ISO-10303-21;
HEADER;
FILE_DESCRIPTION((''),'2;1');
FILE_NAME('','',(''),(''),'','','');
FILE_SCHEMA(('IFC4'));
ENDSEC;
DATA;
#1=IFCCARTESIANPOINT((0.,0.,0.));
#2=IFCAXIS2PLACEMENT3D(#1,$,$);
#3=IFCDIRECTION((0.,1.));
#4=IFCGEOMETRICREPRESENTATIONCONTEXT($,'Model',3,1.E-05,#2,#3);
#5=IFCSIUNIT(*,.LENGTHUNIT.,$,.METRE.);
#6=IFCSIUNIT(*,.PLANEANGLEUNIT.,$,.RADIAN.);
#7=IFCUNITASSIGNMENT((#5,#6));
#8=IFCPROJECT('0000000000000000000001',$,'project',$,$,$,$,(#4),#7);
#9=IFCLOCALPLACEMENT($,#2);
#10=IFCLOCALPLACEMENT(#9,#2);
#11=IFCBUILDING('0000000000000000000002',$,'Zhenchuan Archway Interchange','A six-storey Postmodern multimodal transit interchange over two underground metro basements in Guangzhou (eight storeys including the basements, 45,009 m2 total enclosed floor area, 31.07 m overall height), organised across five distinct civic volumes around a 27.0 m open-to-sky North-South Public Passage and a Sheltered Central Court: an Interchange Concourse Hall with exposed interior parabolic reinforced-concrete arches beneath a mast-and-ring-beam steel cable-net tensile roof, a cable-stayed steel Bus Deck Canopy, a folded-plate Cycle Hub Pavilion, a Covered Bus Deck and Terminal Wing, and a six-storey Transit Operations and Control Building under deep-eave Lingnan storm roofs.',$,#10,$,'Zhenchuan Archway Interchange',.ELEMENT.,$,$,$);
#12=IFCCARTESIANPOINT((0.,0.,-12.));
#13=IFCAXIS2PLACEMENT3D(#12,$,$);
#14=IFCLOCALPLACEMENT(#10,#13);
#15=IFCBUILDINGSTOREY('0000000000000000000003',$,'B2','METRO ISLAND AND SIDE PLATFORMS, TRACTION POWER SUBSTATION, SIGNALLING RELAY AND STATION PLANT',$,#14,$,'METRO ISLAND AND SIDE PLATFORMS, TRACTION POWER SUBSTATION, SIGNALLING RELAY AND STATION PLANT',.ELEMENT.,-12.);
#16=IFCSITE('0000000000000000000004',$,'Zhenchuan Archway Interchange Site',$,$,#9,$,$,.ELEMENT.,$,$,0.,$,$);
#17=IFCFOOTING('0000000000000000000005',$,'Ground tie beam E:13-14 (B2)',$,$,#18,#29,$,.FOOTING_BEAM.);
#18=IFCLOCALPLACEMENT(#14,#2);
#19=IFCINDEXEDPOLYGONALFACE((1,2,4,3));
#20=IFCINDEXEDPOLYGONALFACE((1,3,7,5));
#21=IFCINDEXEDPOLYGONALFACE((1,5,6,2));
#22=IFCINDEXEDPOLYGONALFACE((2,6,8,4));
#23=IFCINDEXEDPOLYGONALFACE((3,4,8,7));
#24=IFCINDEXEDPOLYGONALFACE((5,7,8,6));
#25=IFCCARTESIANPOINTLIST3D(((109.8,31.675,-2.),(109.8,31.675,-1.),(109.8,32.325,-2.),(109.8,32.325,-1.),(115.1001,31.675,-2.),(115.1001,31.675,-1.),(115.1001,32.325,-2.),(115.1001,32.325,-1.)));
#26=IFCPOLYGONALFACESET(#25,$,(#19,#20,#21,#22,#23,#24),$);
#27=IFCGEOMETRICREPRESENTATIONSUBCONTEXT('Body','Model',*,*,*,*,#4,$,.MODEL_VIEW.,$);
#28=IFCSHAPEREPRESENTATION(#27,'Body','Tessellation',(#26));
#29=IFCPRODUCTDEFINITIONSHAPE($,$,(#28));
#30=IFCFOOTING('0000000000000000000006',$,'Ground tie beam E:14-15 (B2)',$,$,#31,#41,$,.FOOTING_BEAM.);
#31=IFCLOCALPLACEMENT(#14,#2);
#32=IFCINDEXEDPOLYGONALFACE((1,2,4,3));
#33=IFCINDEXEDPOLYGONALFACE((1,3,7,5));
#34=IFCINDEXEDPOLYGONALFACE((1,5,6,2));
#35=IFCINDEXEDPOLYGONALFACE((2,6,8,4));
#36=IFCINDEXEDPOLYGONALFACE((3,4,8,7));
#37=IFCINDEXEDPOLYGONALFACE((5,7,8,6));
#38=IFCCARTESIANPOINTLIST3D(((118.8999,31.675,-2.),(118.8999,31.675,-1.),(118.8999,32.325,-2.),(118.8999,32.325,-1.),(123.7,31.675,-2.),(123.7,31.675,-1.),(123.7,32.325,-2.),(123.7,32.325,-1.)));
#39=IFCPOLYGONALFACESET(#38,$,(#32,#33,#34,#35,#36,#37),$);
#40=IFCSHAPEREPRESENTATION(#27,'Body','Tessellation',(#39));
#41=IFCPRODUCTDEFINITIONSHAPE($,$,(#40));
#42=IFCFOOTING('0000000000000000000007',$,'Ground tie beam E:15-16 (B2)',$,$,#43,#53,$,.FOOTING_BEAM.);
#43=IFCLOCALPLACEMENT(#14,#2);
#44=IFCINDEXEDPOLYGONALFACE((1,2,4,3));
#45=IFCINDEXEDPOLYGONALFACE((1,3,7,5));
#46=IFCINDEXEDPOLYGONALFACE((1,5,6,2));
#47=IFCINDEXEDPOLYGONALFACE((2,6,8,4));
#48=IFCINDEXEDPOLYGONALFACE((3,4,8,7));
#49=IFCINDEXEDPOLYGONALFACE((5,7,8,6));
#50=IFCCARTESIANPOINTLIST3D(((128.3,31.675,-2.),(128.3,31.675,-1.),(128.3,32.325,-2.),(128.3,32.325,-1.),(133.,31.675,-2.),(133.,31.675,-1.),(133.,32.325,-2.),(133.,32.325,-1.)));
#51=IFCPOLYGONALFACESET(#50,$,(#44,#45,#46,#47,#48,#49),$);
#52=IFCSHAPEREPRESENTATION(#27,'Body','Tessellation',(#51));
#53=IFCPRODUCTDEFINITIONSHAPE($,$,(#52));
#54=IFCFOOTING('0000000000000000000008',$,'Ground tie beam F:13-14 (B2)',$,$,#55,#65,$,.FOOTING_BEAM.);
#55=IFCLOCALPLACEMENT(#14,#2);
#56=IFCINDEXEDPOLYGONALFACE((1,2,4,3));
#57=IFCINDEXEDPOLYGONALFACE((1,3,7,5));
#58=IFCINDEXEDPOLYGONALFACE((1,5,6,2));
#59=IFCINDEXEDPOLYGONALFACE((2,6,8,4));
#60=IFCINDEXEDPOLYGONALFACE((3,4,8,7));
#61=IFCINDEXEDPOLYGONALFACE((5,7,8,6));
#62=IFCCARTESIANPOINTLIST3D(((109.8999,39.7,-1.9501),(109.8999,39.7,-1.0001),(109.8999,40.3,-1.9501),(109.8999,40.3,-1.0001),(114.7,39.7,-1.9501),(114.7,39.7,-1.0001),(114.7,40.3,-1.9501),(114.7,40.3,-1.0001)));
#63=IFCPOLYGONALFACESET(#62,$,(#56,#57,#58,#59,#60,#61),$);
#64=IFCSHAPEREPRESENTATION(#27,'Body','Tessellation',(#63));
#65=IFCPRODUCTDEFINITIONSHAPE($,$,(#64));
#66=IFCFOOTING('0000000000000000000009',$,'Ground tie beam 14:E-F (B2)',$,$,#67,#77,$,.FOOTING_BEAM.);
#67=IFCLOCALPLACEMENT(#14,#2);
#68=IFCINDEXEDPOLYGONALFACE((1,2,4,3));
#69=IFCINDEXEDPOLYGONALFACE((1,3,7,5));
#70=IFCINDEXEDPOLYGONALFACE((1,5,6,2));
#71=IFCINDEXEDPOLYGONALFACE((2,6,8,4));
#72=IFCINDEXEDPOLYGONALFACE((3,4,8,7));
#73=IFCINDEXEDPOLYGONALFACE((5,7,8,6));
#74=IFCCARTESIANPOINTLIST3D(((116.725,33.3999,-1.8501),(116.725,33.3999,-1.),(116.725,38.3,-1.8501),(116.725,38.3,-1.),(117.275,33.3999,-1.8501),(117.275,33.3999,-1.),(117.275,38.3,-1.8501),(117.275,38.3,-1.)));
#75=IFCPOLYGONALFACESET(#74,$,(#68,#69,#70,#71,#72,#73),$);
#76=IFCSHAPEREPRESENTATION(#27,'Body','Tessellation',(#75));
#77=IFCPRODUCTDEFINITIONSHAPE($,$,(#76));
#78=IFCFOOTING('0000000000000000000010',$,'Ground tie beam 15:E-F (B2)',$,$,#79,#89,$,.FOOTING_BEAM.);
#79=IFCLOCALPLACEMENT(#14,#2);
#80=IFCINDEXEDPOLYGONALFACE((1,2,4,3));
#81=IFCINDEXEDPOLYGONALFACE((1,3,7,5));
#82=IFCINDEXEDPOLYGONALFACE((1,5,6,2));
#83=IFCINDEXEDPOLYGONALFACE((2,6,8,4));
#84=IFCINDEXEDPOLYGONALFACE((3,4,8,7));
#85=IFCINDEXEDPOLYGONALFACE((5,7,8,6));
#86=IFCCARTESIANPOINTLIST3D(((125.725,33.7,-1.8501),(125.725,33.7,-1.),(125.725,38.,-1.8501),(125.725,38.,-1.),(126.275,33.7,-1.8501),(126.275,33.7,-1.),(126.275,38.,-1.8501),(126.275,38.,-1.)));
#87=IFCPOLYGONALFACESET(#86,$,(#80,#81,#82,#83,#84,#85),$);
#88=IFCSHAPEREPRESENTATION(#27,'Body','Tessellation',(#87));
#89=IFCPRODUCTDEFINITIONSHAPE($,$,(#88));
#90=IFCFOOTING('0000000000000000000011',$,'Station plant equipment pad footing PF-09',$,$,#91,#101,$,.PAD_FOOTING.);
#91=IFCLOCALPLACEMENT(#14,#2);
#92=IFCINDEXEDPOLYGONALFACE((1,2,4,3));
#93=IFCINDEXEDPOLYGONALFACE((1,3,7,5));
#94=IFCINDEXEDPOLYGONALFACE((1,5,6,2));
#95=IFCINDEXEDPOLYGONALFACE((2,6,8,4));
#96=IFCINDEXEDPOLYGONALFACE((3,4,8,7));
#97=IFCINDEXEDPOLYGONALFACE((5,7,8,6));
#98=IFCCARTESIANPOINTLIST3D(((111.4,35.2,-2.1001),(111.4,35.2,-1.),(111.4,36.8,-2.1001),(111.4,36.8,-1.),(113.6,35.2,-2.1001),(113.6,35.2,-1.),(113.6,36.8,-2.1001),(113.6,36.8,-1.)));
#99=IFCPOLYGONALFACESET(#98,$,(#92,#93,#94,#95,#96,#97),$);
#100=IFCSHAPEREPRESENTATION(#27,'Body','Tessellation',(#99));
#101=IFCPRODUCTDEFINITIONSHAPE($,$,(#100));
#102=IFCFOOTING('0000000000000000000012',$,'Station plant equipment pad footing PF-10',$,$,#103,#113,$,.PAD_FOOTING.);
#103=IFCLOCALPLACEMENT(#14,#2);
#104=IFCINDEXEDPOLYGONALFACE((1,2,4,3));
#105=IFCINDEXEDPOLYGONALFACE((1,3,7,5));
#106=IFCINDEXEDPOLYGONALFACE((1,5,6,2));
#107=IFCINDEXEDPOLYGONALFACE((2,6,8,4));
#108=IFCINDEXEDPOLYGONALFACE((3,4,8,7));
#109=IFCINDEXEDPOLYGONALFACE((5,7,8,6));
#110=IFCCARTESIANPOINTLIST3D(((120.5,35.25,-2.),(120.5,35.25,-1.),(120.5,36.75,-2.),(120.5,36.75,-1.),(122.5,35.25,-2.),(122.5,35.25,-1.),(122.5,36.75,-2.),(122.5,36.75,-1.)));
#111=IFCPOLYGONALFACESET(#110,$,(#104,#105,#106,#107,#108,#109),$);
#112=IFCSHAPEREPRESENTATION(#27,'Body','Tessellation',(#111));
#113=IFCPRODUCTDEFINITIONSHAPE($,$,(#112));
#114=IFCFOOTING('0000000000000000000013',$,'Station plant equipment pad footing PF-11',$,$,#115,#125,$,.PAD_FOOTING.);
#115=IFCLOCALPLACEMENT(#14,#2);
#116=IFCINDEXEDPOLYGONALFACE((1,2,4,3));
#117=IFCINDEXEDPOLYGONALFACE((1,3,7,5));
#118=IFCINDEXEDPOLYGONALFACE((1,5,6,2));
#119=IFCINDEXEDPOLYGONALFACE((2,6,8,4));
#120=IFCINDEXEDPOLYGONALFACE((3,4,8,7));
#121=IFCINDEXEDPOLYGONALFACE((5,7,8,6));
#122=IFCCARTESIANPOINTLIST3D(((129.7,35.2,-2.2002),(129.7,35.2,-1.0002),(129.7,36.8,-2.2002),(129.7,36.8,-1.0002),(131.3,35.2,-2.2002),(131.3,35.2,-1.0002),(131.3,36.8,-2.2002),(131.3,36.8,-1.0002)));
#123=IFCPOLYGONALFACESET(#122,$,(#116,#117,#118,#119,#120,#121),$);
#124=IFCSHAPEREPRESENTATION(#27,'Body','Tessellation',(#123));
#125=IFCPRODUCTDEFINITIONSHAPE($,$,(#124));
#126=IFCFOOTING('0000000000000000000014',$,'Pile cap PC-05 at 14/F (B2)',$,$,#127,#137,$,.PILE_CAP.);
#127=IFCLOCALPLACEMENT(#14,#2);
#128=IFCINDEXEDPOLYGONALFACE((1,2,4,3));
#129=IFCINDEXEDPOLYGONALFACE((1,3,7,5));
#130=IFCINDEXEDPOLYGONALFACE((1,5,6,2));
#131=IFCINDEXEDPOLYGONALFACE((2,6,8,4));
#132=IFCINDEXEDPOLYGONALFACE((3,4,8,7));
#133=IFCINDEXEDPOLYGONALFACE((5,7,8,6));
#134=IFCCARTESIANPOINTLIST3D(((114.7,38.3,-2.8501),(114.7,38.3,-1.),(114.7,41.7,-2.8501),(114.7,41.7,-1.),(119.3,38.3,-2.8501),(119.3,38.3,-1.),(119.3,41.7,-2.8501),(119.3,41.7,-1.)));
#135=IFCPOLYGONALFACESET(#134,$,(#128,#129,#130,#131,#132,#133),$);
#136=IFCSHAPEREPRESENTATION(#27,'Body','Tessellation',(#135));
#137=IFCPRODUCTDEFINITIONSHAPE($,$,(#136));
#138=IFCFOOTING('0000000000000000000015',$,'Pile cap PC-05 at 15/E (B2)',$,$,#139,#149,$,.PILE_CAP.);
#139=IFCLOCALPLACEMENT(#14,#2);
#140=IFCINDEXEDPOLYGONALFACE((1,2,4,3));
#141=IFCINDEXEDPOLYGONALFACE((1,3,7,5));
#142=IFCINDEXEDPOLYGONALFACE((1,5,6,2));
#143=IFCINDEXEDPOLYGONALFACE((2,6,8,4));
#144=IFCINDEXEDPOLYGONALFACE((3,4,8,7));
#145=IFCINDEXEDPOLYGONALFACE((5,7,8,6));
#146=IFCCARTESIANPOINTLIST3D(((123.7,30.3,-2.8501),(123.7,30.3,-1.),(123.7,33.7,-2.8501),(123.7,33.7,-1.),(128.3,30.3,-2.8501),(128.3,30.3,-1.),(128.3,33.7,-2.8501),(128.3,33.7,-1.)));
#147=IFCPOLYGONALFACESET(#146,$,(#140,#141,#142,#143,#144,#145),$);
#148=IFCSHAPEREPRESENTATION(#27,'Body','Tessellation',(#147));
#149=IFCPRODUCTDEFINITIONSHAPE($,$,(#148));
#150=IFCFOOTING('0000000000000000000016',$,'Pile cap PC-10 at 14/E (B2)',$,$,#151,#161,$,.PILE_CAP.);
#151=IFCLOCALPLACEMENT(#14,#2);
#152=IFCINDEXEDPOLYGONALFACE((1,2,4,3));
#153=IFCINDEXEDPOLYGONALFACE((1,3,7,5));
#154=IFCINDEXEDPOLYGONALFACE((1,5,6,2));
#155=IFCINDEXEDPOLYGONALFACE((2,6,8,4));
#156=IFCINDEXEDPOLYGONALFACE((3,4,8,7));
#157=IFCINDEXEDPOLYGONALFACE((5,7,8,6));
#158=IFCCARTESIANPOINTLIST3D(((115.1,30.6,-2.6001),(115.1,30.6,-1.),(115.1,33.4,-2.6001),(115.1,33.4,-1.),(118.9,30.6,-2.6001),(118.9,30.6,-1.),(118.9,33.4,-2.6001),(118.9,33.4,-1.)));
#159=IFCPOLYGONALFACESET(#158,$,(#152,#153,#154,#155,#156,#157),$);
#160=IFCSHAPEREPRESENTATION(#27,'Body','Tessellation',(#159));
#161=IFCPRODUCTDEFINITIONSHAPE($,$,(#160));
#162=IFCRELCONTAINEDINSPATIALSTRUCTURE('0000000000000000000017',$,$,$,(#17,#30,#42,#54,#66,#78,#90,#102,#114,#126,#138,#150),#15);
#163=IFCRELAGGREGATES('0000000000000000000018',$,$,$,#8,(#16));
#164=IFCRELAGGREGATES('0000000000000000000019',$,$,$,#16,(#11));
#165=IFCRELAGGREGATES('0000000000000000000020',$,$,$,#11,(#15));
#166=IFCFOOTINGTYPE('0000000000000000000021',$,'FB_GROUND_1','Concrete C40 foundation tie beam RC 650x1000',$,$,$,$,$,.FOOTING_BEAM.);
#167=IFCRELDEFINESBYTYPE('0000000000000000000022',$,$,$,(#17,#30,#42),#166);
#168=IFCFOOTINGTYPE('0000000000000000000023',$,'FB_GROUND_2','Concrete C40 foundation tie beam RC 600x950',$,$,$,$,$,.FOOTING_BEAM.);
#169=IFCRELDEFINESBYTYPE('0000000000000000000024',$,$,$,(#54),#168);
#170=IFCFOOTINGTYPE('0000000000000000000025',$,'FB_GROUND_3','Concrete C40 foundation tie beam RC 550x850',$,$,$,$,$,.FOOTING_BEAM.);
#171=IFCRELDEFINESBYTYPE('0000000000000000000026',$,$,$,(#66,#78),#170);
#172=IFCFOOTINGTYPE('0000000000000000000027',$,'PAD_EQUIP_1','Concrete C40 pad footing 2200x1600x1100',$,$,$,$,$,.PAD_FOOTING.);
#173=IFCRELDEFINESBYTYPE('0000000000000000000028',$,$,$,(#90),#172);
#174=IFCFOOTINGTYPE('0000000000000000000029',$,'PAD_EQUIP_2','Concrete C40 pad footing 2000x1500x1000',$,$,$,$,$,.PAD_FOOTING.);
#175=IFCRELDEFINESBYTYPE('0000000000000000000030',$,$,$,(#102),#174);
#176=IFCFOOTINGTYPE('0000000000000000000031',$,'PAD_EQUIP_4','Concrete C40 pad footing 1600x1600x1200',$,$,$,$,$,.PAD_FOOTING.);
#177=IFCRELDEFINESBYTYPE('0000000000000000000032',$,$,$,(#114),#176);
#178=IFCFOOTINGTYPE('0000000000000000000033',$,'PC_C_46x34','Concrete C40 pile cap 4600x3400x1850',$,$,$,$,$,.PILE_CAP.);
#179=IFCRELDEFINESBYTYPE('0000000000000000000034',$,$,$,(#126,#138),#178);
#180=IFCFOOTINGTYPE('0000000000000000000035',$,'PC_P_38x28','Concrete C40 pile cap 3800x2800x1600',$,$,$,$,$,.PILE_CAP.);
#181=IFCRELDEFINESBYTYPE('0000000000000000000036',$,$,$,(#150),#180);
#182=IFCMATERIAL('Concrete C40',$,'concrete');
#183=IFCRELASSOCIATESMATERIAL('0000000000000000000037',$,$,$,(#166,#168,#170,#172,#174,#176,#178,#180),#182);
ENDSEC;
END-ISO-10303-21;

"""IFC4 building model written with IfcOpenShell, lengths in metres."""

from ifc_helpers import new_model, si_unit, direction, frame, origin, origin_2d, place, context, subcontext, project, spatial, rectangle, extrude, material, material_profile, profile_set, type_object, element, save


model = new_model("IFC4")

# Units and contexts
model_context = context("Model", 3, precision=1e-05, world=origin(), true_north=direction((0.0, 1.0)))
body_context = subcontext(model_context, "Body", "Model", "MODEL_VIEW")
ifc_project = project(units=[si_unit("LENGTHUNIT", "METRE"), si_unit("PLANEANGLEUNIT", "RADIAN")], contexts=[model_context])

# Site, building, storey
site_placement = place(None, origin())
site = spatial("IfcSite", under=ifc_project, at=site_placement, Name="Zhenchuan Archway Interchange Site", CompositionType="ELEMENT", RefElevation=0.0)
building_placement = place(site_placement, origin())
building = spatial("IfcBuilding", under=site, at=building_placement, Name="Zhenchuan Archway Interchange", Description="A six-storey Postmodern multimodal transit interchange over two underground metro basements in Guangzhou (eight storeys including the basements, 45,009 m2 total enclosed floor area, 31.07 m overall height), organised across five distinct civic volumes around a 27.0 m open-to-sky North-South Public Passage and a Sheltered Central Court: an Interchange Concourse Hall with exposed interior parabolic reinforced-concrete arches beneath a mast-and-ring-beam steel cable-net tensile roof, a cable-stayed steel Bus Deck Canopy, a folded-plate Cycle Hub Pavilion, a Covered Bus Deck and Terminal Wing, and a six-storey Transit Operations and Control Building under deep-eave Lingnan storm roofs.", LongName="Zhenchuan Archway Interchange", CompositionType="ELEMENT")
storey_placement = place(building_placement, frame((0.0, 0.0, -12.0)))
storey = spatial("IfcBuildingStorey", under=building, at=storey_placement, Name="B2", Description="METRO ISLAND AND SIDE PLATFORMS, TRACTION POWER SUBSTATION, SIGNALLING RELAY AND STATION PLANT", LongName="METRO ISLAND AND SIDE PLATFORMS, TRACTION POWER SUBSTATION, SIGNALLING RELAY AND STATION PLANT", CompositionType="ELEMENT", Elevation=-12.0)

# Footings
ifc_material_1 = material(Name="Concrete C40", Category="concrete")
ifc_material_profile_1 = material_profile(ifc_material_1, rectangle(XDim=0.6499, YDim=1.0, at=origin_2d()), Name="RC 650x1000")
ifc_profile_set_1 = profile_set([ifc_material_profile_1], Name="Concrete C40")
footing_type_1 = type_object("IfcFootingType", Name="FB_GROUND_1", Description="Concrete C40 foundation tie beam RC 650x1000", PredefinedType="FOOTING_BEAM", material=ifc_profile_set_1)
footing_1_placement = place(storey_placement, frame((109.8, 32.0, -1.5), z_axis=(1.0, 0.0, 0.0), x_axis=(0.0, 1.0, 0.0)))
element("IfcFooting", 1, at=footing_1_placement, inside=storey, type_object=footing_type_1, Name="Ground tie beam E:13-14 (B2)", PredefinedType="FOOTING_BEAM", context=body_context, shape_type="SweptSolid", body=[
    extrude(rectangle(XDim=0.6499, YDim=1.0, at=origin_2d()), origin(), (0.0, 0.0, 1.0), 5.3),
])
footing_2_placement = place(storey_placement, frame((118.8999, 32.0, -1.5), z_axis=(1.0, 0.0, 0.0), x_axis=(0.0, 1.0, 0.0)))
element("IfcFooting", 2, at=footing_2_placement, inside=storey, type_object=footing_type_1, Name="Ground tie beam E:14-15 (B2)", PredefinedType="FOOTING_BEAM", context=body_context, shape_type="SweptSolid", body=[
    extrude(rectangle(XDim=0.6499, YDim=1.0, at=origin_2d()), origin(), (0.0, 0.0, 1.0), 4.8),
])
footing_3_placement = place(storey_placement, frame((128.3, 32.0, -1.5), z_axis=(1.0, 0.0, 0.0), x_axis=(0.0, 1.0, 0.0)))
element("IfcFooting", 3, at=footing_3_placement, inside=storey, type_object=footing_type_1, Name="Ground tie beam E:15-16 (B2)", PredefinedType="FOOTING_BEAM", context=body_context, shape_type="SweptSolid", body=[
    extrude(rectangle(XDim=0.6499, YDim=1.0, at=origin_2d()), origin(), (0.0, 0.0, 1.0), 4.7),
])
ifc_material_profile_2 = material_profile(ifc_material_1, rectangle(XDim=0.6001, YDim=0.95, at=origin_2d()), Name="RC 600x950")
ifc_profile_set_2 = profile_set([ifc_material_profile_2], Name="Concrete C40")
footing_type_2 = type_object("IfcFootingType", Name="FB_GROUND_2", Description="Concrete C40 foundation tie beam RC 600x950", PredefinedType="FOOTING_BEAM", material=ifc_profile_set_2)
footing_4_placement = place(storey_placement, frame((109.8999, 40.0, -1.4751), z_axis=(1.0, 0.0, 0.0), x_axis=(0.0, 1.0, 0.0)))
element("IfcFooting", 4, at=footing_4_placement, inside=storey, type_object=footing_type_2, Name="Ground tie beam F:13-14 (B2)", PredefinedType="FOOTING_BEAM", context=body_context, shape_type="SweptSolid", body=[
    extrude(rectangle(XDim=0.6001, YDim=0.95, at=origin_2d()), origin(), (0.0, 0.0, 1.0), 4.8),
])
ifc_material_profile_3 = material_profile(ifc_material_1, rectangle(XDim=0.55, YDim=0.8501, at=origin_2d()), Name="RC 550x850")
ifc_profile_set_3 = profile_set([ifc_material_profile_3], Name="Concrete C40")
footing_type_3 = type_object("IfcFootingType", Name="FB_GROUND_3", Description="Concrete C40 foundation tie beam RC 550x850", PredefinedType="FOOTING_BEAM", material=ifc_profile_set_3)
footing_5_placement = place(storey_placement, frame((117.0, 33.3999, -1.425), z_axis=(0.0, 1.0, 0.0), x_axis=(-1.0, 0.0, 0.0)))
element("IfcFooting", 5, at=footing_5_placement, inside=storey, type_object=footing_type_3, Name="Ground tie beam 14:E-F (B2)", PredefinedType="FOOTING_BEAM", context=body_context, shape_type="SweptSolid", body=[
    extrude(rectangle(XDim=0.55, YDim=0.8501, at=origin_2d()), origin(), (0.0, 0.0, 1.0), 4.9001),
])
footing_6_placement = place(storey_placement, frame((126.0, 33.7, -1.425), z_axis=(0.0, 1.0, 0.0), x_axis=(-1.0, 0.0, 0.0)))
element("IfcFooting", 6, at=footing_6_placement, inside=storey, type_object=footing_type_3, Name="Ground tie beam 15:E-F (B2)", PredefinedType="FOOTING_BEAM", context=body_context, shape_type="SweptSolid", body=[
    extrude(rectangle(XDim=0.55, YDim=0.8501, at=origin_2d()), origin(), (0.0, 0.0, 1.0), 4.3),
])
footing_type_4 = type_object("IfcFootingType", Name="PAD_EQUIP_1", Description="Concrete C40 pad footing 2200x1600x1100", PredefinedType="PAD_FOOTING", material=ifc_material_1)
footing_7_placement = place(storey_placement, frame((112.5, 36.0, -2.1001), z_axis=(0.0, 0.0, 1.0), x_axis=(1.0, 0.0, 0.0)))
element("IfcFooting", 7, at=footing_7_placement, inside=storey, type_object=footing_type_4, Name="Station plant equipment pad footing PF-09", PredefinedType="PAD_FOOTING", context=body_context, shape_type="SweptSolid", body=[
    extrude(rectangle(XDim=2.2, YDim=1.6001, at=origin_2d()), origin(), (0.0, 0.0, 1.0), 1.1001),
])
footing_type_5 = type_object("IfcFootingType", Name="PAD_EQUIP_2", Description="Concrete C40 pad footing 2000x1500x1000", PredefinedType="PAD_FOOTING", material=ifc_material_1)
footing_8_placement = place(storey_placement, frame((121.5, 36.0, -2.0), z_axis=(0.0, 0.0, 1.0), x_axis=(1.0, 0.0, 0.0)))
element("IfcFooting", 8, at=footing_8_placement, inside=storey, type_object=footing_type_5, Name="Station plant equipment pad footing PF-10", PredefinedType="PAD_FOOTING", context=body_context, shape_type="SweptSolid", body=[
    extrude(rectangle(XDim=2.0, YDim=1.5, at=origin_2d()), origin(), (0.0, 0.0, 1.0), 1.0),
])
footing_type_6 = type_object("IfcFootingType", Name="PAD_EQUIP_4", Description="Concrete C40 pad footing 1600x1600x1200", PredefinedType="PAD_FOOTING", material=ifc_material_1)
footing_9_placement = place(storey_placement, frame((130.5, 36.0, -2.2002), z_axis=(0.0, 0.0, 1.0), x_axis=(1.0, 0.0, 0.0)))
element("IfcFooting", 9, at=footing_9_placement, inside=storey, type_object=footing_type_6, Name="Station plant equipment pad footing PF-11", PredefinedType="PAD_FOOTING", context=body_context, shape_type="SweptSolid", body=[
    extrude(rectangle(XDim=1.6001, YDim=1.6001, at=origin_2d()), origin(), (0.0, 0.0, 1.0), 1.2),
])
footing_type_7 = type_object("IfcFootingType", Name="PC_C_46x34", Description="Concrete C40 pile cap 4600x3400x1850", PredefinedType="PILE_CAP", material=ifc_material_1)
for number, where, z_axis, x_axis, name in (
    (10, (117.0, 40.0, -2.8501), (0.0, 0.0, 1.0), (1.0, 0.0, 0.0), "Pile cap PC-05 at 14/F (B2)"),
    (11, (126.0, 32.0, -2.8501), (0.0, 0.0, 1.0), (1.0, 0.0, 0.0), "Pile cap PC-05 at 15/E (B2)"),
):
    element("IfcFooting", number, at=place(storey_placement, frame(where, z_axis=z_axis, x_axis=x_axis)), inside=storey, type_object=footing_type_7, Name=name, PredefinedType="PILE_CAP", context=body_context, shape_type="SweptSolid", body=[
        extrude(rectangle(XDim=4.6001, YDim=3.3999, at=origin_2d()), origin(), (0.0, 0.0, 1.0), 1.8501),
    ])
footing_type_8 = type_object("IfcFootingType", Name="PC_P_38x28", Description="Concrete C40 pile cap 3800x2800x1600", PredefinedType="PILE_CAP", material=ifc_material_1)
footing_10_placement = place(storey_placement, frame((117.0, 32.0, -2.6001), z_axis=(0.0, 0.0, 1.0), x_axis=(1.0, 0.0, 0.0)))
element("IfcFooting", 12, at=footing_10_placement, inside=storey, type_object=footing_type_8, Name="Pile cap PC-10 at 14/E (B2)", PredefinedType="PILE_CAP", context=body_context, shape_type="SweptSolid", body=[
    extrude(rectangle(XDim=3.8, YDim=2.8, at=origin_2d()), origin(), (0.0, 0.0, 1.0), 1.6001),
])

save(model, "model.ifc")
